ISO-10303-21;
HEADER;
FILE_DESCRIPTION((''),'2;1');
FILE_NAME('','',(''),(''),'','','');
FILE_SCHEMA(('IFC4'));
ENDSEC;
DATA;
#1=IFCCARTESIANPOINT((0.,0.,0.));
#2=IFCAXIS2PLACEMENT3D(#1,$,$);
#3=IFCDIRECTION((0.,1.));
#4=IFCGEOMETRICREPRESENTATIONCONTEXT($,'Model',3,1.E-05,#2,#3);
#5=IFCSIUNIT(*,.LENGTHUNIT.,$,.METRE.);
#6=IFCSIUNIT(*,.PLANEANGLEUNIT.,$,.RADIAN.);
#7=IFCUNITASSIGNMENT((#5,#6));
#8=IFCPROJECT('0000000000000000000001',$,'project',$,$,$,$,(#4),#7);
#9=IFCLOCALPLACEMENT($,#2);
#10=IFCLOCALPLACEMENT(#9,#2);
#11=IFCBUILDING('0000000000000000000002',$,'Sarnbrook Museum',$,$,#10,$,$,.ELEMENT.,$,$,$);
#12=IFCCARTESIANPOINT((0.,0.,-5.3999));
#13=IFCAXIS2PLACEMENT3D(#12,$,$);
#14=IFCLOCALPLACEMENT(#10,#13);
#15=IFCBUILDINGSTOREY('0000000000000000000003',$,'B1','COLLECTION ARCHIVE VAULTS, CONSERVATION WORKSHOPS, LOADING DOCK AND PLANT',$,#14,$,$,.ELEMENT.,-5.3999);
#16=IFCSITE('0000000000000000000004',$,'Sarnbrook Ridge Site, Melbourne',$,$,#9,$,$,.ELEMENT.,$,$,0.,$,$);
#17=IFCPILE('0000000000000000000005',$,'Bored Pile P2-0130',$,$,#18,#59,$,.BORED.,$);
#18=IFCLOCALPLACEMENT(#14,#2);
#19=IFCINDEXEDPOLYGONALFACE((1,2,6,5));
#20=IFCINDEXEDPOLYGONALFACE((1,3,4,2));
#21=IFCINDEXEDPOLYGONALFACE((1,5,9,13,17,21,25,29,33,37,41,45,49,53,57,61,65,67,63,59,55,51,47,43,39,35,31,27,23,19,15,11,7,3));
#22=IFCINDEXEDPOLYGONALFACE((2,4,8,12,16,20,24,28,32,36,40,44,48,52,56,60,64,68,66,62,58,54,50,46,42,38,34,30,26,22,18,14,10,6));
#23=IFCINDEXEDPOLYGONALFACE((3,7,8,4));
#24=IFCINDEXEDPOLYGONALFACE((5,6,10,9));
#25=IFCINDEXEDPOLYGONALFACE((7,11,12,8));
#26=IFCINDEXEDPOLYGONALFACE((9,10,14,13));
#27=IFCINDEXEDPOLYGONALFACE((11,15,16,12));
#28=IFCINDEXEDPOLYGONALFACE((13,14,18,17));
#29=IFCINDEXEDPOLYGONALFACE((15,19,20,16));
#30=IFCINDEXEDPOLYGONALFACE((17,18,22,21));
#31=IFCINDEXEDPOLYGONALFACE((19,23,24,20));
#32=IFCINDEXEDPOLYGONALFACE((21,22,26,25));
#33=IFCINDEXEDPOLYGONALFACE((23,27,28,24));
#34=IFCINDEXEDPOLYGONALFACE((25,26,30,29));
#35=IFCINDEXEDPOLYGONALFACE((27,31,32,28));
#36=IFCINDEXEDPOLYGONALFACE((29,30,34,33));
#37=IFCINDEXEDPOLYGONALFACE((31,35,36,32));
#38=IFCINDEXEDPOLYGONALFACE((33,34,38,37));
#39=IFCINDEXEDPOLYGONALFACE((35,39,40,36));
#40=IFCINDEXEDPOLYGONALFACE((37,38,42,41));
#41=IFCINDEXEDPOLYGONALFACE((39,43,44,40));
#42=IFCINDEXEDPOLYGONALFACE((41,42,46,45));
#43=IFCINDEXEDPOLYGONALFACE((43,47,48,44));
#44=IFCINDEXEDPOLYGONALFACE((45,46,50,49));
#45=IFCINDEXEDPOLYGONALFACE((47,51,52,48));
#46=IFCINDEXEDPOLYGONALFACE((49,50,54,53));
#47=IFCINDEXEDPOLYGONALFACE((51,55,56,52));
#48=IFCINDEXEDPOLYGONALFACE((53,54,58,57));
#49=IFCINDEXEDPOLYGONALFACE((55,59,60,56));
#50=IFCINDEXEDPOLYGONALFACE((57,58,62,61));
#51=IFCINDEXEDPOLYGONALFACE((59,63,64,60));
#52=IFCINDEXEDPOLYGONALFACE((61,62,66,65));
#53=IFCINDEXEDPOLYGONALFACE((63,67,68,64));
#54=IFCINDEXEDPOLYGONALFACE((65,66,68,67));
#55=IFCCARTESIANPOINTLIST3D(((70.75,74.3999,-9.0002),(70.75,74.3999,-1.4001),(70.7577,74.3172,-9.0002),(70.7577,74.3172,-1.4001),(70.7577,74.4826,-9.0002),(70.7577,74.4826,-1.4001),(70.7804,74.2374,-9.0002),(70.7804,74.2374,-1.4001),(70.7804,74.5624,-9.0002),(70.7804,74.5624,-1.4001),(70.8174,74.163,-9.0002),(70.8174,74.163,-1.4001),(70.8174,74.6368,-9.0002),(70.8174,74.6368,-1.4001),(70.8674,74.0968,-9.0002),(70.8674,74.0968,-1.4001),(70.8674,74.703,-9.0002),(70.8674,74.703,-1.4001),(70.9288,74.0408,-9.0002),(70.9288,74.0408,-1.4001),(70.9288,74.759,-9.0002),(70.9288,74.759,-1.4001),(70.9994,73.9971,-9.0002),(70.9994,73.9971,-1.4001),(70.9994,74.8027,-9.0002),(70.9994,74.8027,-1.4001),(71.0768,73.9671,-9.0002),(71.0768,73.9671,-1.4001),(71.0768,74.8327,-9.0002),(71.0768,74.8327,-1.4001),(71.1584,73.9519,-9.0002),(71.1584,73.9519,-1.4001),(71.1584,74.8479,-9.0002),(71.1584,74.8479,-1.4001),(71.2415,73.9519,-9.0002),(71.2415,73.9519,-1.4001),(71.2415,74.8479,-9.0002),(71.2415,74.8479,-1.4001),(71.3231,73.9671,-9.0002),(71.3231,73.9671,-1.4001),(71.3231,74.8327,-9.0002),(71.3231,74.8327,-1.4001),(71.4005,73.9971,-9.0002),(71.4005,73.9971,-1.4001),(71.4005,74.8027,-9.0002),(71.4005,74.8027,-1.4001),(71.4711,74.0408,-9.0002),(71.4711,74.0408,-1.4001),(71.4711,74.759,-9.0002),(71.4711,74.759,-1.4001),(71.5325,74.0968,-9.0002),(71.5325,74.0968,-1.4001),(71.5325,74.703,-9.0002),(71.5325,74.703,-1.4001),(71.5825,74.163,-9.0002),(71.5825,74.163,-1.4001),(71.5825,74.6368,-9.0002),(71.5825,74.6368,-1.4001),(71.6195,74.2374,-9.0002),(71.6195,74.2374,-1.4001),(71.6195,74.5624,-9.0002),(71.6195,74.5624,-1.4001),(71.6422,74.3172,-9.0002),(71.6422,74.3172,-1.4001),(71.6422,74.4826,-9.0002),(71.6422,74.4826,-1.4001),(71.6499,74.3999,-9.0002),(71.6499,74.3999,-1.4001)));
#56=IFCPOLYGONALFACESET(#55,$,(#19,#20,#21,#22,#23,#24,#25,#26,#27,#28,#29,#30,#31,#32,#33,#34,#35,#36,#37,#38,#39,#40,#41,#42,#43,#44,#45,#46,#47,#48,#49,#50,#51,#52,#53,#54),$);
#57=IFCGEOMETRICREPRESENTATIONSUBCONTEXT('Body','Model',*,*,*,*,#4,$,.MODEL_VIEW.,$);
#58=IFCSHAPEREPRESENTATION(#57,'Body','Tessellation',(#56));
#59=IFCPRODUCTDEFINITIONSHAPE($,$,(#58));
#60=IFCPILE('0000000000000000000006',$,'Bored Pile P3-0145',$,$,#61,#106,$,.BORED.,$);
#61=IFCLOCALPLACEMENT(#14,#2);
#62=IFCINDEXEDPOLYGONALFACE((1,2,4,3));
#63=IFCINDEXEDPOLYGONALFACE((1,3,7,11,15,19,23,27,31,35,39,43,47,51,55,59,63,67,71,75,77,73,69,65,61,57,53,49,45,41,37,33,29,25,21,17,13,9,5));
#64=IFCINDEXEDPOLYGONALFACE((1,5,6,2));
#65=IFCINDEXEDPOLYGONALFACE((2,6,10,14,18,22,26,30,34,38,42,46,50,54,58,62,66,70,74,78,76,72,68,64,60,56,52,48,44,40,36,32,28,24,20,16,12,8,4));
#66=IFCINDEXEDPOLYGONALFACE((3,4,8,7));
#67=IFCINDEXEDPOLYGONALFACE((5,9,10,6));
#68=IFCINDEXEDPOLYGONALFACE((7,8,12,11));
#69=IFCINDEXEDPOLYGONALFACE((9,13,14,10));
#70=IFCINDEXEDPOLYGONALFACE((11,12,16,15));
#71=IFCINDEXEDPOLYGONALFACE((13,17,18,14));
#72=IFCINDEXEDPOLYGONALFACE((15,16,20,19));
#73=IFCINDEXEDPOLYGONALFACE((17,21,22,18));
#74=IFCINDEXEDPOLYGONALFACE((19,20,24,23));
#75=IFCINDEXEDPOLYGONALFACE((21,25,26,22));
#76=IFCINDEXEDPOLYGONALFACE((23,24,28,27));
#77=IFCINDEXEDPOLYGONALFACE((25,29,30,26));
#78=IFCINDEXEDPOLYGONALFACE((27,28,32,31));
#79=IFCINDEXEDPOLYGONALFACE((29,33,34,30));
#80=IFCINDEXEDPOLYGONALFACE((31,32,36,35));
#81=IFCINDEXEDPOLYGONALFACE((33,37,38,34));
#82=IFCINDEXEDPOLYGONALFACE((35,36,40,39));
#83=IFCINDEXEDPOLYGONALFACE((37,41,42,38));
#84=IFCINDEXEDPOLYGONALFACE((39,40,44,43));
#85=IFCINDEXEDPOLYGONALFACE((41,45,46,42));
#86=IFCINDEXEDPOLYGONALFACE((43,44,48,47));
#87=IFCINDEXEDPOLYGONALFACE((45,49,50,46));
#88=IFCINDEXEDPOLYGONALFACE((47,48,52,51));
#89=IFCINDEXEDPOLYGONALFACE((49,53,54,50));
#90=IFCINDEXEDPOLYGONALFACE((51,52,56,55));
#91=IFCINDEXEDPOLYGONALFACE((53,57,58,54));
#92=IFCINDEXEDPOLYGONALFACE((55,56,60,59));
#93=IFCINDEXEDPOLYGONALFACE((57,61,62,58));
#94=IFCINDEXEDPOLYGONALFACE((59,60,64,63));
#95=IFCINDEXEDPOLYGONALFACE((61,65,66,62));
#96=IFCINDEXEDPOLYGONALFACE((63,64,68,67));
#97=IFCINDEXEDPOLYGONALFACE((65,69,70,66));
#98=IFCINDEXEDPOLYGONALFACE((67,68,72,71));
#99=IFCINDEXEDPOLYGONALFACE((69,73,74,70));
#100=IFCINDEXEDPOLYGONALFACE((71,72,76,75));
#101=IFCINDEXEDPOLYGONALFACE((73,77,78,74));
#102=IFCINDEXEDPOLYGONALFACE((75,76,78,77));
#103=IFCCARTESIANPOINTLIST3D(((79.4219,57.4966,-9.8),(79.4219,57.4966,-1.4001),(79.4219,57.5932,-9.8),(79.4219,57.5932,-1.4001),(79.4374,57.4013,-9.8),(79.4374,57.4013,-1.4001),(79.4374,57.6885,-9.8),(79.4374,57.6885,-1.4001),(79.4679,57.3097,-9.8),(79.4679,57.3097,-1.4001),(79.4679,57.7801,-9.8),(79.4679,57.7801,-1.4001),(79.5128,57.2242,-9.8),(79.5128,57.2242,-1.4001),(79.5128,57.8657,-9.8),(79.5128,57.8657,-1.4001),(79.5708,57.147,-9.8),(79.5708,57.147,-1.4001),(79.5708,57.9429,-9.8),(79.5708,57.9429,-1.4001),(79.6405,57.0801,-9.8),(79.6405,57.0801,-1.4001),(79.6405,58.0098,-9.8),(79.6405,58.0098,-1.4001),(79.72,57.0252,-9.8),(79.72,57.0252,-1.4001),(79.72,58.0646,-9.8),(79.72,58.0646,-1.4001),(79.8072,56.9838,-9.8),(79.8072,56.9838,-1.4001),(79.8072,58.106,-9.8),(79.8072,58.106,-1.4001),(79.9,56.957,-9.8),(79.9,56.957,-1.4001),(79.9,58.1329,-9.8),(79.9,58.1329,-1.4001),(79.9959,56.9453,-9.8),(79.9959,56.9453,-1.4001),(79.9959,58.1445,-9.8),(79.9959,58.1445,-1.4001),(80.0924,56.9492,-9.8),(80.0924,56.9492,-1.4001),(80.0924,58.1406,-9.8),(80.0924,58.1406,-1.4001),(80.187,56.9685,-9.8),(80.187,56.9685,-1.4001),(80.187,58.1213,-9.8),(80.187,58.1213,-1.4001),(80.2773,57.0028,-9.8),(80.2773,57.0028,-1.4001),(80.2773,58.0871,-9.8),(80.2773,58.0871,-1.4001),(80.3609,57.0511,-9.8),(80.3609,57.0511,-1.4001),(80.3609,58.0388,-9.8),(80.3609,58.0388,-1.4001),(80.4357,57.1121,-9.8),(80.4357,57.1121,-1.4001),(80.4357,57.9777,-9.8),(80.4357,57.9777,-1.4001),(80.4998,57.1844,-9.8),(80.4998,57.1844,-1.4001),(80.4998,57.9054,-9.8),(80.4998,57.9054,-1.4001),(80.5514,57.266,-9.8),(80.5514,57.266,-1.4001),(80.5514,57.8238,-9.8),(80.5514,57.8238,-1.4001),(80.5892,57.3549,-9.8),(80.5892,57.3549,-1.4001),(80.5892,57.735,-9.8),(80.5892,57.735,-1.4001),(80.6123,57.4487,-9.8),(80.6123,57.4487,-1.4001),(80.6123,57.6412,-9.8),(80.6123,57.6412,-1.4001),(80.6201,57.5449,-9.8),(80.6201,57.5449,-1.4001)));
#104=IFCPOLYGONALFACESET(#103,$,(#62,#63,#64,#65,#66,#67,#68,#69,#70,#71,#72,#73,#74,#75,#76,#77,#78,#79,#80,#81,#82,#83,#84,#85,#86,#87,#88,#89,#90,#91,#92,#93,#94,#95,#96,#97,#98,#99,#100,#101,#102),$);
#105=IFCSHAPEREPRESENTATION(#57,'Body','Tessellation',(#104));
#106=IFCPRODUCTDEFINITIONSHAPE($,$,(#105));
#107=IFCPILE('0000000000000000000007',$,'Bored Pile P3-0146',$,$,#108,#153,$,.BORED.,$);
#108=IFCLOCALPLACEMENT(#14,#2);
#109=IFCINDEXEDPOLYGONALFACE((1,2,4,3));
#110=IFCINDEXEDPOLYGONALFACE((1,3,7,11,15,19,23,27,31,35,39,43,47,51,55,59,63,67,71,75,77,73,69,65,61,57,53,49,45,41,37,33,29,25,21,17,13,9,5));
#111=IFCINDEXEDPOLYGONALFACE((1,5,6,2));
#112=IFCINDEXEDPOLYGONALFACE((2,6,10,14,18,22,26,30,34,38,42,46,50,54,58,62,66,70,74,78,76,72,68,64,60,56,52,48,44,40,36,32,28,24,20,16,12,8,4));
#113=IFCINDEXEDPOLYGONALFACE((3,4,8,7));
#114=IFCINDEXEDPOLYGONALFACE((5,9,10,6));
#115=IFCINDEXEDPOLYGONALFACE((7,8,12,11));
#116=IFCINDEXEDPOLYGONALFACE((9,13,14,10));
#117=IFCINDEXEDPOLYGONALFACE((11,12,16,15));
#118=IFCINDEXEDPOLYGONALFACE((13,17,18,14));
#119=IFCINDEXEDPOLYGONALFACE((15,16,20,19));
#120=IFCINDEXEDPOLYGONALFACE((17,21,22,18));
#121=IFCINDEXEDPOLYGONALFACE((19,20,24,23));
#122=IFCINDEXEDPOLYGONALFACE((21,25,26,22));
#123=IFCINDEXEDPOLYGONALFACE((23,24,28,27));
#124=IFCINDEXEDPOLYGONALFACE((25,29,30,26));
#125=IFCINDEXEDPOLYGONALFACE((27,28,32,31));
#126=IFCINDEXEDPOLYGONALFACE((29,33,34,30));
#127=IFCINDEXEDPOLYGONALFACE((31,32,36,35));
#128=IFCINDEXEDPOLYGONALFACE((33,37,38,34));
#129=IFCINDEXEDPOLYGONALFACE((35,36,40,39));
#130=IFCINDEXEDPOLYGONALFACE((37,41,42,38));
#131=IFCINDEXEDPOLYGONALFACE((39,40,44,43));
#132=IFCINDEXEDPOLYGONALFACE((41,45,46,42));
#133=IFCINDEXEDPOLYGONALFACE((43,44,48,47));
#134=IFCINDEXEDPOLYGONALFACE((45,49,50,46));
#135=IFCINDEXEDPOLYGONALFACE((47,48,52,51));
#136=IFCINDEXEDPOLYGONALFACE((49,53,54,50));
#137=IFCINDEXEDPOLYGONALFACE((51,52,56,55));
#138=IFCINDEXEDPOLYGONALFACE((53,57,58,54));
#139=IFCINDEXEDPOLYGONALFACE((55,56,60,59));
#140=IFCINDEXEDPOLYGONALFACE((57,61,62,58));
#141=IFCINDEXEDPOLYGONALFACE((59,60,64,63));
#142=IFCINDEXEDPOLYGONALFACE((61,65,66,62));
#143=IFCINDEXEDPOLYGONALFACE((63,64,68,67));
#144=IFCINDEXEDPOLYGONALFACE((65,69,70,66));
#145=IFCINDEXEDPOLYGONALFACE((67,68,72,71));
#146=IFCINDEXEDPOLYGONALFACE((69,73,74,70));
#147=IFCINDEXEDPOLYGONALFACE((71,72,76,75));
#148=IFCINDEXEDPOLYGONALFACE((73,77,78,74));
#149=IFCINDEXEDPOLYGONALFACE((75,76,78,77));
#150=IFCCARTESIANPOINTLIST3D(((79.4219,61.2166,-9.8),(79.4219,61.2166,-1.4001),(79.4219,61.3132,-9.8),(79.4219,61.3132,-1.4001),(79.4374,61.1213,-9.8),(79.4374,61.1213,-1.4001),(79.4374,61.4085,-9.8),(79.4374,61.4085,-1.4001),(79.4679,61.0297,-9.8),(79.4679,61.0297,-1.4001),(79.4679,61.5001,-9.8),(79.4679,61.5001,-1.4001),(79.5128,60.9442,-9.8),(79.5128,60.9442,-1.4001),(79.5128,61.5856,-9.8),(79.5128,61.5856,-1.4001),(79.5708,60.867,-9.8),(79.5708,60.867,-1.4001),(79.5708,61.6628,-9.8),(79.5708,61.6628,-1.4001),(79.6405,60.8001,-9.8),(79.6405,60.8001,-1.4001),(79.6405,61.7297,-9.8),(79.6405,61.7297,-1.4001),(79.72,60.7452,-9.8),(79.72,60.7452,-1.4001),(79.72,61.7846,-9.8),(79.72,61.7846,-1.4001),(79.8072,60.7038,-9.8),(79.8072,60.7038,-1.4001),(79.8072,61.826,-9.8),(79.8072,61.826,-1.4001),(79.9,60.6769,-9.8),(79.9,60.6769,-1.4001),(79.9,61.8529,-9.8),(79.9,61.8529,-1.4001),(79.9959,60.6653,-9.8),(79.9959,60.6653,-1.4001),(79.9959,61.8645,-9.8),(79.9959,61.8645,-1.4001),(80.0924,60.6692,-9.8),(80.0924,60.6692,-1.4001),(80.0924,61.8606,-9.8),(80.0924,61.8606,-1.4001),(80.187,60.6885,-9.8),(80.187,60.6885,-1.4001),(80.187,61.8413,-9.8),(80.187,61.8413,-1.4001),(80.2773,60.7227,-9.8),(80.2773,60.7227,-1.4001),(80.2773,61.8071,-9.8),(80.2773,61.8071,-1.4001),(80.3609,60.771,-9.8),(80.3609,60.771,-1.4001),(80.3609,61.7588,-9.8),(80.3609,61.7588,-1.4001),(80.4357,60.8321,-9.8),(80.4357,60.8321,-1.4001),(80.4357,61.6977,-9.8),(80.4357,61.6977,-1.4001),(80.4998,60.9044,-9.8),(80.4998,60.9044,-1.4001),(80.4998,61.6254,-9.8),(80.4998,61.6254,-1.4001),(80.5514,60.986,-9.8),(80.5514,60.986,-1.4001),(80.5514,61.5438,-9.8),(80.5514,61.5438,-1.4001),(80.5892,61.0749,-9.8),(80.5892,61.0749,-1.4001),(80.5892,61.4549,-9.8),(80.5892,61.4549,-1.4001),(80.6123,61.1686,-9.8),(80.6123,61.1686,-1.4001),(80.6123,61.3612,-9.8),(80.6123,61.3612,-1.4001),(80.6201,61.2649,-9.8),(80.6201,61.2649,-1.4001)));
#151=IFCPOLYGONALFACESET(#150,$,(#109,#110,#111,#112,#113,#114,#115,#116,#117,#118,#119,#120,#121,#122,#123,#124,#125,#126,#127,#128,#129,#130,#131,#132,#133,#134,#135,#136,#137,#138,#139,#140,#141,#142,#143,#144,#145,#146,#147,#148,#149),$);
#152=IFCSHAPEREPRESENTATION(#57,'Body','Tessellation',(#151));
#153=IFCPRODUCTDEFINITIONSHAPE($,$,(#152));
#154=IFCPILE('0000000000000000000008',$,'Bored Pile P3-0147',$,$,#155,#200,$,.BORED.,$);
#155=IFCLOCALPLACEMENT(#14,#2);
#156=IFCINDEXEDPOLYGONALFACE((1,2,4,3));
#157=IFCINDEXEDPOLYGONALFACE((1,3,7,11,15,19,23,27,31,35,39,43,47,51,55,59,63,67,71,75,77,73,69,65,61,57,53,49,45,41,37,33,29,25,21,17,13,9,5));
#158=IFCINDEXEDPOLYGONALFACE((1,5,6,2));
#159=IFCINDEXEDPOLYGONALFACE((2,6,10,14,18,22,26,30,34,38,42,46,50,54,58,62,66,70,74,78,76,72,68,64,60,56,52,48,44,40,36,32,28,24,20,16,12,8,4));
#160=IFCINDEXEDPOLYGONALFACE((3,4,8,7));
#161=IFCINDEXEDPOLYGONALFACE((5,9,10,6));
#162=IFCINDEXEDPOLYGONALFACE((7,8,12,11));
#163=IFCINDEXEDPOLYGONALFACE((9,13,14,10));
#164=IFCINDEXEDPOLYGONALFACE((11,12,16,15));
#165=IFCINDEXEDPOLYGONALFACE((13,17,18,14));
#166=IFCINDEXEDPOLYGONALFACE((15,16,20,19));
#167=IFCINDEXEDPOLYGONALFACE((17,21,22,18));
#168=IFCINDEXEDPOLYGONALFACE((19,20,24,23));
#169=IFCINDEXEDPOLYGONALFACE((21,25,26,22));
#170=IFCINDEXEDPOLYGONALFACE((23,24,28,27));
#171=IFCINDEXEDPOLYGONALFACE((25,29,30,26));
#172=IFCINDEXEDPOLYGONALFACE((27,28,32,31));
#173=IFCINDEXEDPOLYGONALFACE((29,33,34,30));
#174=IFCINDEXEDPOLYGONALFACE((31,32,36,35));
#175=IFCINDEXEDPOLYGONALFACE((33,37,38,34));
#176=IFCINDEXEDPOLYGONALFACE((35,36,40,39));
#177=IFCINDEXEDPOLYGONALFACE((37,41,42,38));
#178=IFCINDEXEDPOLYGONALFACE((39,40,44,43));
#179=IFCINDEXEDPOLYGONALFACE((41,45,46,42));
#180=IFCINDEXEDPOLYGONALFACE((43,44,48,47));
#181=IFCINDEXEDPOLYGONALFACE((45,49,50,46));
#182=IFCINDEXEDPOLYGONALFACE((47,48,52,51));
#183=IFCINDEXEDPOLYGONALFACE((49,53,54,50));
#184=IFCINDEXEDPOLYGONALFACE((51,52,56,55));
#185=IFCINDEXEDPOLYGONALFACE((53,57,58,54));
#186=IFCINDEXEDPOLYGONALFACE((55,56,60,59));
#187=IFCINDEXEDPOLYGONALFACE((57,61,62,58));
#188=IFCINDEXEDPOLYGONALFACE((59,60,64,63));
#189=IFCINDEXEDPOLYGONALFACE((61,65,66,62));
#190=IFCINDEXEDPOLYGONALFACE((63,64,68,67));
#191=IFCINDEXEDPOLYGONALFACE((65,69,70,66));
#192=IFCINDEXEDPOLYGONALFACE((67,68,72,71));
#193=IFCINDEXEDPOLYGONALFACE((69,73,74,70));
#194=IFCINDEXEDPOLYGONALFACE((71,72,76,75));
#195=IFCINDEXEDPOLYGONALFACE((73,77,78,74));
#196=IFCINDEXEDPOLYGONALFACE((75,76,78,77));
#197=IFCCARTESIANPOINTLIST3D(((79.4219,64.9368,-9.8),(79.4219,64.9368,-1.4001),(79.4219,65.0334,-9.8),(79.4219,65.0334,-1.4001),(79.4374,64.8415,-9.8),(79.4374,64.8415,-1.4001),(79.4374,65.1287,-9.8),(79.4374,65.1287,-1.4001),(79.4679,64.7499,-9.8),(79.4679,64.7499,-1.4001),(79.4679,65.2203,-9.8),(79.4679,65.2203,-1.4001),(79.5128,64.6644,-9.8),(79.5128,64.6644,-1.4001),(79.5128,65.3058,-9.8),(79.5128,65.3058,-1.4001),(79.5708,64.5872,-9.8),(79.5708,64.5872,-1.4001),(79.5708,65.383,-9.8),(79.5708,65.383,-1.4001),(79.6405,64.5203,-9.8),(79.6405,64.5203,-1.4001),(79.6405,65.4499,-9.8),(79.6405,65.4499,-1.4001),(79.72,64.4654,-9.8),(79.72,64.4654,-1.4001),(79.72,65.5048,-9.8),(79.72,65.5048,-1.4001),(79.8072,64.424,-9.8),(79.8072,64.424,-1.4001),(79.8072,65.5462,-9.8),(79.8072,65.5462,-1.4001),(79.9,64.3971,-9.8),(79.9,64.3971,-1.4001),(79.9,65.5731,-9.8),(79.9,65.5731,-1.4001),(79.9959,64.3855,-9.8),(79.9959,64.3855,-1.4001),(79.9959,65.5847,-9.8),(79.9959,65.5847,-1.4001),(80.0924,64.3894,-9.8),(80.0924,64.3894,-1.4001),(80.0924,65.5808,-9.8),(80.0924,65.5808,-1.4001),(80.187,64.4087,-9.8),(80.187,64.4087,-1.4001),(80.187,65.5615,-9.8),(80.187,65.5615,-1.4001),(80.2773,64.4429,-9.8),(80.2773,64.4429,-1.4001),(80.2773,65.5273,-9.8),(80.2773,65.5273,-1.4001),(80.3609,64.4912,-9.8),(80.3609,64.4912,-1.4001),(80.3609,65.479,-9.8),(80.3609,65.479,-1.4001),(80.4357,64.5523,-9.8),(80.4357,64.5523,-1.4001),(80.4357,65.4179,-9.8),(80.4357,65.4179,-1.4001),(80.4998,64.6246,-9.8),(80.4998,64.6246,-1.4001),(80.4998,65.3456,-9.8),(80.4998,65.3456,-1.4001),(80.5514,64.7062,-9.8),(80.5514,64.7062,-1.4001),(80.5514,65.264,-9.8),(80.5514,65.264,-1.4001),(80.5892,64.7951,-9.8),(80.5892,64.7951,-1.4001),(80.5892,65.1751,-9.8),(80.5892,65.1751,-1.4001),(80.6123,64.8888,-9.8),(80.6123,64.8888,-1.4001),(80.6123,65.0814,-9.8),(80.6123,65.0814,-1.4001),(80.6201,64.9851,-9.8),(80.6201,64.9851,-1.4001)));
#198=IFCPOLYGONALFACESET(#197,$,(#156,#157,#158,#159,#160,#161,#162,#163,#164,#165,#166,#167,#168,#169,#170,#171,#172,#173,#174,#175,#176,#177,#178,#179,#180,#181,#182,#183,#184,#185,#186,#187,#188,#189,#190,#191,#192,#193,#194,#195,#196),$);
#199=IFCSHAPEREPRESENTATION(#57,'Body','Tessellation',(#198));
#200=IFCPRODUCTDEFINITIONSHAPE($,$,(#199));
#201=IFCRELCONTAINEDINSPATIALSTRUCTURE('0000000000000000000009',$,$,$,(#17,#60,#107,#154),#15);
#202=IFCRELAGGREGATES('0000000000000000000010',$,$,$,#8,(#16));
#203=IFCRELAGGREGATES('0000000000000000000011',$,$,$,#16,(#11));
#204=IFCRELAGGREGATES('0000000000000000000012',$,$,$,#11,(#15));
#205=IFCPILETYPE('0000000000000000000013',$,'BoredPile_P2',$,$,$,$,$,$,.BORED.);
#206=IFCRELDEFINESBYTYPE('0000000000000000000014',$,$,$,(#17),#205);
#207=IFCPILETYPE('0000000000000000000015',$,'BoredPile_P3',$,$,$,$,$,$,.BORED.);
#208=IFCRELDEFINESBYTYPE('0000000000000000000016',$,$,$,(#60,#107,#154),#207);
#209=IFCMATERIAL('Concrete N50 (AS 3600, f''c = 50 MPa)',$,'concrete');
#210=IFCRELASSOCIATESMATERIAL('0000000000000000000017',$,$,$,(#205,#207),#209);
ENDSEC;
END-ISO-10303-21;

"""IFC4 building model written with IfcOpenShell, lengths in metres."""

from ifc_helpers import new_model, si_unit, direction, frame, origin, origin_2d, place, context, subcontext, project, spatial, circle, extrude, material, material_profile, profile_set, type_object, element, save


model = new_model("IFC4")

# Units and contexts
model_context = context("Model", 3, precision=1e-05, world=origin(), true_north=direction((0.0, 1.0)))
body_context = subcontext(model_context, "Body", "Model", "MODEL_VIEW")
ifc_project = project(units=[si_unit("LENGTHUNIT", "METRE"), si_unit("PLANEANGLEUNIT", "RADIAN")], contexts=[model_context])

# Site, building, storey
site_placement = place(None, origin())
site = spatial("IfcSite", under=ifc_project, at=site_placement, Name="Sarnbrook Ridge Site, Melbourne", CompositionType="ELEMENT", RefElevation=0.0)
building_placement = place(site_placement, origin())
building = spatial("IfcBuilding", under=site, at=building_placement, Name="Sarnbrook Museum", CompositionType="ELEMENT")
storey_placement = place(building_placement, frame((0.0, 0.0, -5.3999)))
storey = spatial("IfcBuildingStorey", under=building, at=storey_placement, Name="B1", Description="COLLECTION ARCHIVE VAULTS, CONSERVATION WORKSHOPS, LOADING DOCK AND PLANT", CompositionType="ELEMENT", Elevation=-5.3999)

# Piles
ifc_material_1 = material(Name="Concrete N50 (AS 3600, f'c = 50 MPa)", Category="concrete")
ifc_material_profile_1 = material_profile(ifc_material_1, circle(Radius=0.45, at=origin_2d()), Name="BORED PILE D900")
ifc_profile_set_1 = profile_set([ifc_material_profile_1], Name="Concrete N50 (AS 3600, f'c = 50 MPa)")
pile_type_1 = type_object("IfcPileType", Name="BoredPile_P2", PredefinedType="BORED", material=ifc_profile_set_1)
pile_placement = place(storey_placement, frame((71.2, 74.3999, -1.4001), z_axis=(0.0, 0.0, -1.0), x_axis=(1.0, 0.0, 0.0)))
element("IfcPile", 1, at=pile_placement, inside=storey, type_object=pile_type_1, Name="Bored Pile P2-0130", PredefinedType="BORED", context=body_context, shape_type="SweptSolid", body=[
    extrude(circle(Radius=0.45, at=origin_2d()), origin(), (0.0, 0.0, 1.0), 7.6001),
])
ifc_material_profile_2 = material_profile(ifc_material_1, circle(Radius=0.6001, at=origin_2d()), Name="BORED PILE D1200")
ifc_profile_set_2 = profile_set([ifc_material_profile_2], Name="Concrete N50 (AS 3600, f'c = 50 MPa)")
pile_type_2 = type_object("IfcPileType", Name="BoredPile_P3", PredefinedType="BORED", material=ifc_profile_set_2)
for number, where, z_axis, x_axis, name in (
    (2, (80.02, 57.5449, -1.4001), (0.0, 0.0, -1.0), (1.0, 0.0, 0.0), "Bored Pile P3-0145"),
    (3, (80.02, 61.2649, -1.4001), (0.0, 0.0, -1.0), (1.0, 0.0, 0.0), "Bored Pile P3-0146"),
    (4, (80.02, 64.9851, -1.4001), (0.0, 0.0, -1.0), (1.0, 0.0, 0.0), "Bored Pile P3-0147"),
):
    element("IfcPile", number, at=place(storey_placement, frame(where, z_axis=z_axis, x_axis=x_axis)), inside=storey, type_object=pile_type_2, Name=name, PredefinedType="BORED", context=body_context, shape_type="SweptSolid", body=[
        extrude(circle(Radius=0.6001, at=origin_2d()), origin(), (0.0, 0.0, 1.0), 8.3999),
    ])

save(model, "model.ifc")
